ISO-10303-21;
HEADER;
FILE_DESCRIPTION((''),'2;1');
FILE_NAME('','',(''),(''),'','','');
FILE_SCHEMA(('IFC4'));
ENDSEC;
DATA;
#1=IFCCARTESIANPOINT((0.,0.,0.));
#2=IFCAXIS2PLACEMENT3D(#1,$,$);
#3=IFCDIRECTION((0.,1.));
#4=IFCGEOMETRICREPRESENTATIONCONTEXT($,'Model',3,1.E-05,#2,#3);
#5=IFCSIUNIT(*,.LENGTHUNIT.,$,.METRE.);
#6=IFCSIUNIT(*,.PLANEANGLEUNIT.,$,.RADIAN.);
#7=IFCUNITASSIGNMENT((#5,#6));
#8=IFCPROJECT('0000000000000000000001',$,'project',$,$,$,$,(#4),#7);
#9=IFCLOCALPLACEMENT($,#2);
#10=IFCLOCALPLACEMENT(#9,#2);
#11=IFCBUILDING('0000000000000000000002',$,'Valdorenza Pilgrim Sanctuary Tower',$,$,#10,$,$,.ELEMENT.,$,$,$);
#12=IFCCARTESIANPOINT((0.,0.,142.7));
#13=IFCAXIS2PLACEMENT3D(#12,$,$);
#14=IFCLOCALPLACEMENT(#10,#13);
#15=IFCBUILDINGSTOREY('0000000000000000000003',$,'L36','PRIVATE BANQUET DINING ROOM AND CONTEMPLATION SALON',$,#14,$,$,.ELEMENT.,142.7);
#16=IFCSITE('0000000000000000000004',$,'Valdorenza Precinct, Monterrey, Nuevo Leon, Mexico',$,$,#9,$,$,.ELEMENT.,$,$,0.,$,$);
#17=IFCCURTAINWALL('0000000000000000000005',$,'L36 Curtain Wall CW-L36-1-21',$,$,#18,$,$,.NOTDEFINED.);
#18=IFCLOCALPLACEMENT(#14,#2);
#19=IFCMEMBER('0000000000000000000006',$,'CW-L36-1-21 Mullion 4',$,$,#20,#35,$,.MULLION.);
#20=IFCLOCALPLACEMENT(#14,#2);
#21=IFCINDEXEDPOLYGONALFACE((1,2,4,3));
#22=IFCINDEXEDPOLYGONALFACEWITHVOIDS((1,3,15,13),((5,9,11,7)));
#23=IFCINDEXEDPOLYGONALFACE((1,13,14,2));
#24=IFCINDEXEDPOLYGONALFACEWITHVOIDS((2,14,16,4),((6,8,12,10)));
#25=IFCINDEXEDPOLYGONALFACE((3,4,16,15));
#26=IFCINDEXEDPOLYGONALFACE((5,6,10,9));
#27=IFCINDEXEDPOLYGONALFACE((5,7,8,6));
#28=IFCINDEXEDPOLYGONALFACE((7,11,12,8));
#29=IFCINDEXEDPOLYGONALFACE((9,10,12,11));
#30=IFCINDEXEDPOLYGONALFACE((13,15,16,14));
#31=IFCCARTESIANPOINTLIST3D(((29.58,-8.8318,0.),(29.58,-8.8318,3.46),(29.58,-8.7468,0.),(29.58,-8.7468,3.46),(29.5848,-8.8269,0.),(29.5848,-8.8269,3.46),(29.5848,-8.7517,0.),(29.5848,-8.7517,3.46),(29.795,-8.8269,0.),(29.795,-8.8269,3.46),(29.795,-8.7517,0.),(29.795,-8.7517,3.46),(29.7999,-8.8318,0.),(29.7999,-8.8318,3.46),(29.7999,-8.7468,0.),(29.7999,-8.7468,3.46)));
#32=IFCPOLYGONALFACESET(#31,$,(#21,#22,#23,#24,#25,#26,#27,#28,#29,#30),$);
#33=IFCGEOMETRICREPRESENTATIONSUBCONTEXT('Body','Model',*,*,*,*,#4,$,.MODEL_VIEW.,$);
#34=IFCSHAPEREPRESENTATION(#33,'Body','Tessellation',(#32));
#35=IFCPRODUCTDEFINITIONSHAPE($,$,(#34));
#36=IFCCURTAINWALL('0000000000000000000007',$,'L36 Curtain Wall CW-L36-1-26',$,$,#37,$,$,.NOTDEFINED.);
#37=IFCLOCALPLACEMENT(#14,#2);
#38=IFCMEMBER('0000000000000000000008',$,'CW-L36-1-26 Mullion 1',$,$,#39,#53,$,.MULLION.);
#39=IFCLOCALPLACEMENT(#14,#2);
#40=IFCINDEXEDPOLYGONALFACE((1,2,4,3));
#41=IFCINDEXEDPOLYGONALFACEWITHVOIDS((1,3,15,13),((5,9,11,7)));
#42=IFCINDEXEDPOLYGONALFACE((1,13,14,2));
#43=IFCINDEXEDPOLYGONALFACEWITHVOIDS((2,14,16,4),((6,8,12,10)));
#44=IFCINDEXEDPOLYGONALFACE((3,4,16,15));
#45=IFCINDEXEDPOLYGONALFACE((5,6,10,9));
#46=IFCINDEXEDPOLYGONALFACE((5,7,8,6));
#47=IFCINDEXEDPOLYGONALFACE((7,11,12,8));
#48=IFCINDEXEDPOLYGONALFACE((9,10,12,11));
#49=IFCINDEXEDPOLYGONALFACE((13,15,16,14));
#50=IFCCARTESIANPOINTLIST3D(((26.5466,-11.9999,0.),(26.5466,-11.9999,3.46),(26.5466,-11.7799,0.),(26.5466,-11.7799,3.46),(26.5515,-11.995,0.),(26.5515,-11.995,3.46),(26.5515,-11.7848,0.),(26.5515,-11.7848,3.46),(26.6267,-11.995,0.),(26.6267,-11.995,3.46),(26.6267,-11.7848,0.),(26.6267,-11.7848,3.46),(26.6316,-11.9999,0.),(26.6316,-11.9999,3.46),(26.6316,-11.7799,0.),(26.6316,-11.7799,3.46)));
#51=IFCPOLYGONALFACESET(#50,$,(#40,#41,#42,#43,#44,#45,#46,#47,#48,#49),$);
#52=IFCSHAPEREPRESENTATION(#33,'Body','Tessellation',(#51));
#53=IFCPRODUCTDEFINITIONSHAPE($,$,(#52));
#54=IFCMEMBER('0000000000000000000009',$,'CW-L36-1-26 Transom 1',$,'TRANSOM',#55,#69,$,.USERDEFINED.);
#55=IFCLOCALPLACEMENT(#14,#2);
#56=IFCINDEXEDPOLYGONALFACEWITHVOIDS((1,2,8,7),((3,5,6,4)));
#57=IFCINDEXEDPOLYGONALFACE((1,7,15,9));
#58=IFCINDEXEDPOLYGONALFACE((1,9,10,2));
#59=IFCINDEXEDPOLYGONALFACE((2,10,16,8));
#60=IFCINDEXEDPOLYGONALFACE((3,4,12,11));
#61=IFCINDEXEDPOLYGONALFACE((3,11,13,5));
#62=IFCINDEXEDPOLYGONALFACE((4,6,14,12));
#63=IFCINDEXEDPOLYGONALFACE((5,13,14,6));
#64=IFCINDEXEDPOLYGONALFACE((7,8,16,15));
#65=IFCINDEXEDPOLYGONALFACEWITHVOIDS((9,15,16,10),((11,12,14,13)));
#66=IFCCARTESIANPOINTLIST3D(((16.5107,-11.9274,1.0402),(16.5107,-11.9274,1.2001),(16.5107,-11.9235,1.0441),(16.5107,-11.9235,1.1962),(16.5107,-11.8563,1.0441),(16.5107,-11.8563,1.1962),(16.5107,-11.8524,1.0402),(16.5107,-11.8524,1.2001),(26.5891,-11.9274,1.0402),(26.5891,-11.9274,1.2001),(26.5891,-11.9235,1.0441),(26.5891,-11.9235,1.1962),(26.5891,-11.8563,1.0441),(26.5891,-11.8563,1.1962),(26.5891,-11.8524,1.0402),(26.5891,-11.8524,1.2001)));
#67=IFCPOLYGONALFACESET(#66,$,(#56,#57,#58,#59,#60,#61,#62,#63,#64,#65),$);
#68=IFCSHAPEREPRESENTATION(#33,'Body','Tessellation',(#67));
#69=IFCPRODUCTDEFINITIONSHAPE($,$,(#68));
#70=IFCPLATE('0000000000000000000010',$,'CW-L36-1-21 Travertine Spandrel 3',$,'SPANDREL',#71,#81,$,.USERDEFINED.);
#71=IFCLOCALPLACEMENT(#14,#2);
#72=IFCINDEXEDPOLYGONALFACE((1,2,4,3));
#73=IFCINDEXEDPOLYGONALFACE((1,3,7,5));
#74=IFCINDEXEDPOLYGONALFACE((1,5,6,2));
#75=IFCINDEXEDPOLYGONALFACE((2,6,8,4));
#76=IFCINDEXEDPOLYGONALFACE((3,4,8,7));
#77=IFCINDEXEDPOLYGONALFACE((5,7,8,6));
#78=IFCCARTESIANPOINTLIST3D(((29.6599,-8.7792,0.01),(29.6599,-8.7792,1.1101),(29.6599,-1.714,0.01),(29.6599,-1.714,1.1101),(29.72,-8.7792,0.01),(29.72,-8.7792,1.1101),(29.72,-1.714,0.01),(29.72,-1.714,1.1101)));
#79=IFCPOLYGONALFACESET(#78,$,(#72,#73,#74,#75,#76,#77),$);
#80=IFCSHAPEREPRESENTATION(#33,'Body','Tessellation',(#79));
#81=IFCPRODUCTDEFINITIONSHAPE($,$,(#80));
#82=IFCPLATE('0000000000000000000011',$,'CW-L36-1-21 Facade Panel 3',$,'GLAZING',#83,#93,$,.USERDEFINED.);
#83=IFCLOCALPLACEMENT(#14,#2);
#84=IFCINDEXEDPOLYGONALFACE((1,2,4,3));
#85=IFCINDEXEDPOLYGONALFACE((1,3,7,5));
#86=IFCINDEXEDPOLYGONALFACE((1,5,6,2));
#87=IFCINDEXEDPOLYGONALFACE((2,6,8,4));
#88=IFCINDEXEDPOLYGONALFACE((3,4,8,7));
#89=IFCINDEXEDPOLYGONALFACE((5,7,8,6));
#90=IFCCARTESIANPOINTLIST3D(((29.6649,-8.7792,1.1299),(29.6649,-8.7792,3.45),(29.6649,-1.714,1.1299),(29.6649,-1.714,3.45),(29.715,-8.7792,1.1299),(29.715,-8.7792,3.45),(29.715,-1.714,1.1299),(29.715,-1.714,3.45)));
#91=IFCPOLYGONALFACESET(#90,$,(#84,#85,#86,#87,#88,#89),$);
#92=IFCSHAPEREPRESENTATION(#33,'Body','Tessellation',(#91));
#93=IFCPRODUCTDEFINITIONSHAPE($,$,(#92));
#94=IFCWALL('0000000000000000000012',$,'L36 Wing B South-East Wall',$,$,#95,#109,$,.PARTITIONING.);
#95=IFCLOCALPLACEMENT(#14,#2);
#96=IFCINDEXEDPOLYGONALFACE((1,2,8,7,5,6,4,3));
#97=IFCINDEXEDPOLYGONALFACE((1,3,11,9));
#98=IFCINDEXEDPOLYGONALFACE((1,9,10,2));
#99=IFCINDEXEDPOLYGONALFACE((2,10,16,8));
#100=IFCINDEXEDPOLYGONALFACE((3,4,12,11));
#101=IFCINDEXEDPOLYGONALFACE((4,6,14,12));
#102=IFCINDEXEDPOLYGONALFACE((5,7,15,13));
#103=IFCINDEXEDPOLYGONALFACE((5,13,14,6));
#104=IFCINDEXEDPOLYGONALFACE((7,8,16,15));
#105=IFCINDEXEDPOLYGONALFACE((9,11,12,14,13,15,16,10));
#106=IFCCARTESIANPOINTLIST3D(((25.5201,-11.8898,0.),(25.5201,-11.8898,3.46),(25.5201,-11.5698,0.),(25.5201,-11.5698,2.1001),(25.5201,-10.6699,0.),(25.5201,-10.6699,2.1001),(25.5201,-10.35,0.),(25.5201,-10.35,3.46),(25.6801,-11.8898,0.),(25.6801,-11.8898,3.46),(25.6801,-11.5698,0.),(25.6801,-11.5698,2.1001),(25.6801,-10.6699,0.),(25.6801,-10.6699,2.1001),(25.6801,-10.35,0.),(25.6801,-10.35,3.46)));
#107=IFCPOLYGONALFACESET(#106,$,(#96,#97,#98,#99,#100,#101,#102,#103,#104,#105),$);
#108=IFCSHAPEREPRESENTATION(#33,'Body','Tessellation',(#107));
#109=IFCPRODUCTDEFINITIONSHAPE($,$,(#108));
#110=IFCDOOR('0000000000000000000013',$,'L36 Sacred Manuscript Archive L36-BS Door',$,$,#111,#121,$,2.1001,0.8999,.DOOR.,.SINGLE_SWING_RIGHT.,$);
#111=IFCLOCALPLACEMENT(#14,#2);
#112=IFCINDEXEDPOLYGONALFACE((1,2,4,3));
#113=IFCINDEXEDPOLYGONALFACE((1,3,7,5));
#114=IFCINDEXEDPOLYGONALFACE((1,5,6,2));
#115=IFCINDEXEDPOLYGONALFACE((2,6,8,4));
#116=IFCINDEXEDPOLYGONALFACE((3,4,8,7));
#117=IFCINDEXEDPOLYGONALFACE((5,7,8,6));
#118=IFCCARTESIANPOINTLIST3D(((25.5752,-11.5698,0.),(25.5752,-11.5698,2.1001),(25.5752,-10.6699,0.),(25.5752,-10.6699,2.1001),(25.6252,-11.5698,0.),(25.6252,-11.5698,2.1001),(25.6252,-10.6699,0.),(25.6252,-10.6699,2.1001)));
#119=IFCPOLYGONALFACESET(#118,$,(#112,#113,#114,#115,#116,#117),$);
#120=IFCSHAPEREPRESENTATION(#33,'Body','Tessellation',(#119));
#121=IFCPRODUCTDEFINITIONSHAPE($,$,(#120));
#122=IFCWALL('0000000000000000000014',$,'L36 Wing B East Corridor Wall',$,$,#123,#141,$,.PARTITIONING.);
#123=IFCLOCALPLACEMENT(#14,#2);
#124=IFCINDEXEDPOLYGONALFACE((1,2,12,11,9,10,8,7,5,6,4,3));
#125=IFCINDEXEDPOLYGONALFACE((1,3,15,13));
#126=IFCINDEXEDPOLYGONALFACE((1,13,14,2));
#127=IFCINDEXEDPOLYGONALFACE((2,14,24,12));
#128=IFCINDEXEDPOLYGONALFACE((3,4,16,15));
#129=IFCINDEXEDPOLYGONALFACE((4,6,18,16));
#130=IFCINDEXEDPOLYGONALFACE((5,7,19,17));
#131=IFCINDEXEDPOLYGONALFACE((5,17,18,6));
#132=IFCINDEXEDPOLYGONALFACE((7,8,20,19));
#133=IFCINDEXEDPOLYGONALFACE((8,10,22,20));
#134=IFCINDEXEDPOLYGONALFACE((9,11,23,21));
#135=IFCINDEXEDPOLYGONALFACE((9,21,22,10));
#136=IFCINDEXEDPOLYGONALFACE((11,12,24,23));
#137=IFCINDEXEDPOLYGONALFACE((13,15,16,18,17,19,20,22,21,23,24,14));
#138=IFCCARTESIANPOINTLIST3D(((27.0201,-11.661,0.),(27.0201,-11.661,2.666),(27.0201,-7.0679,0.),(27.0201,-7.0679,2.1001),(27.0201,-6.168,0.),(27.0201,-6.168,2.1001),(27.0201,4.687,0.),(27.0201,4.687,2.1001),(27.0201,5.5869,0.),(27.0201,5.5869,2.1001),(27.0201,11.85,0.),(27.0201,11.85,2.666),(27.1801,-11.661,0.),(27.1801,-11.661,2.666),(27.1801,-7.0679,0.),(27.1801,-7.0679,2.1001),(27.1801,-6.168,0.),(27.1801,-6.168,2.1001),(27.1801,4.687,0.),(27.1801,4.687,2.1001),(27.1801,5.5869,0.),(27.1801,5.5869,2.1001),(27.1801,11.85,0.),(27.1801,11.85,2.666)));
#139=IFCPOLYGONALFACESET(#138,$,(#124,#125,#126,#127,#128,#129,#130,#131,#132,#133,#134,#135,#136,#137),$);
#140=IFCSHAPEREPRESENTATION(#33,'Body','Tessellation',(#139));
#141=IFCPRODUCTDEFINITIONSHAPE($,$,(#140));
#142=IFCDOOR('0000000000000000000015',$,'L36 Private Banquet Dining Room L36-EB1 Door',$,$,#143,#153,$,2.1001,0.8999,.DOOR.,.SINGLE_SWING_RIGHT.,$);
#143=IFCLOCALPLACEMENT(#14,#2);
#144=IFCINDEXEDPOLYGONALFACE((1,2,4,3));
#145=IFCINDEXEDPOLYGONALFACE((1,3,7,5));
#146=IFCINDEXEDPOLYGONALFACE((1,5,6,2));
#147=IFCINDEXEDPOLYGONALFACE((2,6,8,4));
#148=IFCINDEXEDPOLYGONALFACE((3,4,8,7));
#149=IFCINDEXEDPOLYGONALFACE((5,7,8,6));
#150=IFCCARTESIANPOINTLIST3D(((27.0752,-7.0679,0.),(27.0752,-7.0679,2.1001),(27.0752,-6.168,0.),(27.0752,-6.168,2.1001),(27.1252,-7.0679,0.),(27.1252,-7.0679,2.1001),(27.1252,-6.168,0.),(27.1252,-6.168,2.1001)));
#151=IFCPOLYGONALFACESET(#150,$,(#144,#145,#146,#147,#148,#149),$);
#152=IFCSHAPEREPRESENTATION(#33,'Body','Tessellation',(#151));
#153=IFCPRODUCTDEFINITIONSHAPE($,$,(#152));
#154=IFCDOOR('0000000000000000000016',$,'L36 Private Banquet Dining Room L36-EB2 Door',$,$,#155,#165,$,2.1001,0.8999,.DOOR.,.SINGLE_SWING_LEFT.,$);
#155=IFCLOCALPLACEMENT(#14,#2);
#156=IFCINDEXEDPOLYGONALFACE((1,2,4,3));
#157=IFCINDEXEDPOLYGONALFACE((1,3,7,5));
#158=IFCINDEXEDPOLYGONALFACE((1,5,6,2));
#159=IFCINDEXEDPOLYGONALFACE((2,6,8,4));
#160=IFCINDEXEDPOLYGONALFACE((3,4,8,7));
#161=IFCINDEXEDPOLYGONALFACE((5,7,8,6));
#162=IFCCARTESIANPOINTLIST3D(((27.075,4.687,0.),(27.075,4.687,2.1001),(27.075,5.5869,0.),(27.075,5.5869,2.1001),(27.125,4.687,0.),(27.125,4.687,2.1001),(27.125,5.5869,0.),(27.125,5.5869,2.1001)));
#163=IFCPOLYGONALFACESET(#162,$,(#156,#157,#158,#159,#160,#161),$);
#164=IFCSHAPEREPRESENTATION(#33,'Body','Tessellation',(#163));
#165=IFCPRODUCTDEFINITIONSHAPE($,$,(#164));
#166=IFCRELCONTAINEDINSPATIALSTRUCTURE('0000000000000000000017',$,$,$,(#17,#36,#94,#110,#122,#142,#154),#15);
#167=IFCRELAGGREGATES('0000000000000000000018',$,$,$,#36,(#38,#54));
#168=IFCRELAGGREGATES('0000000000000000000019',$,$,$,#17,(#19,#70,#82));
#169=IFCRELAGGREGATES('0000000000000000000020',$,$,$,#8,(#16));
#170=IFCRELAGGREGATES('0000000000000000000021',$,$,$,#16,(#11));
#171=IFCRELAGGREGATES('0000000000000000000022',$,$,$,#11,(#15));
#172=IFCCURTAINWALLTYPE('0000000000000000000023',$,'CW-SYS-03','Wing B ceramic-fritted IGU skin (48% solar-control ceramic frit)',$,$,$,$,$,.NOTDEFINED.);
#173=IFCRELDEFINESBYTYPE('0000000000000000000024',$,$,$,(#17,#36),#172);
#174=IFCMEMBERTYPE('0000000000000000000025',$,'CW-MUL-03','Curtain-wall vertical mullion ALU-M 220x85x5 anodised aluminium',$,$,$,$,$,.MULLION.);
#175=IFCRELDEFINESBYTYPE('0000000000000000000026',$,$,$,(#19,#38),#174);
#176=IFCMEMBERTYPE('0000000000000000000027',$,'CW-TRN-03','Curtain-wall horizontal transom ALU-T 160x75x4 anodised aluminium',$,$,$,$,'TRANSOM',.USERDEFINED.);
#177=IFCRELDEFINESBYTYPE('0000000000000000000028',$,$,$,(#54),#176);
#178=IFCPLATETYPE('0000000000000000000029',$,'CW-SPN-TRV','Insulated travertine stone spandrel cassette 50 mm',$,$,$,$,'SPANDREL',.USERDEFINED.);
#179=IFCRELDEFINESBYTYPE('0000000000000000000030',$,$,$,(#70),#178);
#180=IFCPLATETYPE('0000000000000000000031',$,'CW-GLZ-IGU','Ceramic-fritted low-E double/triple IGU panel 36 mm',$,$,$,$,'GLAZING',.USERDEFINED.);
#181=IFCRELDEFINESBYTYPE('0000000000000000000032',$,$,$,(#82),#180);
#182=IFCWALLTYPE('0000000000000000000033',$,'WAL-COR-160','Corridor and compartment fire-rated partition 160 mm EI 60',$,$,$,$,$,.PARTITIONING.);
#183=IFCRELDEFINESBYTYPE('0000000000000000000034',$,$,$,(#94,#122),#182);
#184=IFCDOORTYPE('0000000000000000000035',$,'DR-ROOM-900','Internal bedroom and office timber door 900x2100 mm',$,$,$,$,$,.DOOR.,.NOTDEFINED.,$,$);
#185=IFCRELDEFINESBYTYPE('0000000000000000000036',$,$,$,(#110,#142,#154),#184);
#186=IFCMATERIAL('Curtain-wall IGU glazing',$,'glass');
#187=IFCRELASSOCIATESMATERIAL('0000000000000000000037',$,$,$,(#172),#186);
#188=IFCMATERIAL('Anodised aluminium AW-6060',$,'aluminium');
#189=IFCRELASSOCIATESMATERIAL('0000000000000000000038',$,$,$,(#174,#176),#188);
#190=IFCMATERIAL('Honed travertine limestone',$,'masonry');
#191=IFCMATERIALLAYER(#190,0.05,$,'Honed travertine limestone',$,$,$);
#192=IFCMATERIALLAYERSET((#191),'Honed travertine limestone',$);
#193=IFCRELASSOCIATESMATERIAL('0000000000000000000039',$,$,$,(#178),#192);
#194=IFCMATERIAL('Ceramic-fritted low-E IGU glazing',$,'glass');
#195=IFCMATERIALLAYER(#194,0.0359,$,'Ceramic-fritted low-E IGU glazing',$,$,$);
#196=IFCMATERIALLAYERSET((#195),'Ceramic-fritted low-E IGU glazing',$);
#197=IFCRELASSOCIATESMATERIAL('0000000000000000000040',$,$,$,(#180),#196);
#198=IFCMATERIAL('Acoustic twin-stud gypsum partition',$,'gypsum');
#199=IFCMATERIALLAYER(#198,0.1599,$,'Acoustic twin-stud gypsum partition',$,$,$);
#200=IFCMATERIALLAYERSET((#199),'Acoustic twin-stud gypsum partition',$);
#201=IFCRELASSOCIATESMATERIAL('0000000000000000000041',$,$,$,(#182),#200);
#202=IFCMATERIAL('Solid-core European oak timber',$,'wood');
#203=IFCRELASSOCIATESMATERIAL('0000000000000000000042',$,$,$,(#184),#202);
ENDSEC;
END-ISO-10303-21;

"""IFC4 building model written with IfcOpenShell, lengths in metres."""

from ifc_helpers import new_model, si_unit, direction, frame, frame_2d, origin, origin_2d, place, context, subcontext, project, spatial, rectangle, hollow_rectangle, extrude, source, transform, mapped, material, layer, layer_set, material_profile, profile_set, type_object, element, fill, aggregate, save


model = new_model("IFC4")

# Units and contexts
model_context = context("Model", 3, precision=1e-05, world=origin(), true_north=direction((0.0, 1.0)))
body_context = subcontext(model_context, "Body", "Model", "MODEL_VIEW")
ifc_project = project(units=[si_unit("LENGTHUNIT", "METRE"), si_unit("PLANEANGLEUNIT", "RADIAN")], contexts=[model_context])

# Site, building, storey
site_placement = place(None, origin())
site = spatial("IfcSite", under=ifc_project, at=site_placement, Name="Valdorenza Precinct, Monterrey, Nuevo Leon, Mexico", CompositionType="ELEMENT", RefElevation=0.0)
building_placement = place(site_placement, origin())
building = spatial("IfcBuilding", under=site, at=building_placement, Name="Valdorenza Pilgrim Sanctuary Tower", CompositionType="ELEMENT")
storey_placement = place(building_placement, frame((0.0, 0.0, 142.7)))
storey = spatial("IfcBuildingStorey", under=building, at=storey_placement, Name="L36", Description="PRIVATE BANQUET DINING ROOM AND CONTEMPLATION SALON", CompositionType="ELEMENT", Elevation=142.7)

# Curtain walls, members
ifc_material_1 = material(Name="Curtain-wall IGU glazing", Category="glass")
curtain_wall_type = type_object("IfcCurtainWallType", Name="CW-SYS-03", Description="Wing B ceramic-fritted IGU skin (48% solar-control ceramic frit)", PredefinedType="NOTDEFINED", material=ifc_material_1)
curtain_wall_1_placement = place(storey_placement, origin())
curtain_wall_1 = element("IfcCurtainWall", 1, at=curtain_wall_1_placement, inside=storey, type_object=curtain_wall_type, Name="L36 Curtain Wall CW-L36-1-21", PredefinedType="NOTDEFINED")
ifc_material_2 = material(Name="Anodised aluminium AW-6060", Category="aluminium")
ifc_material_profile_1 = material_profile(ifc_material_2, hollow_rectangle(XDim=0.085, YDim=0.22, WallThickness=0.0049, at=origin_2d()), Name="ALU-M 220x85x5")
ifc_profile_set_1 = profile_set([ifc_material_profile_1], Name="Anodised aluminium AW-6060")
member_type_1 = type_object("IfcMemberType", Name="CW-MUL-03", Description="Curtain-wall vertical mullion ALU-M 220x85x5 anodised aluminium", PredefinedType="MULLION", material=ifc_profile_set_1)
shared_shape_1 = source(origin(), body_context, "Body", "SweptSolid", [
    extrude(hollow_rectangle(XDim=0.085, YDim=0.22, WallThickness=0.0049, at=origin_2d()), origin(), (0.0, 0.0, 1.0), 3.46),
])
member_1_placement = place(storey_placement, frame((29.6899, -8.7893, 0.0), z_axis=(0.0, 0.0, 1.0), x_axis=(0.0, -1.0, 0.0)))
member_1 = element("IfcMember", 2, at=member_1_placement, type_object=member_type_1, Name="CW-L36-1-21 Mullion 4", PredefinedType="MULLION", context=body_context, shape_type="MappedRepresentation", body=[
    mapped(shared_shape_1, transform((0.0, 0.0, 0.0), x_axis=(1.0, 0.0, 0.0), y_axis=(0.0, 1.0, 0.0), z_axis=(0.0, 0.0, 1.0), scale=1.0)),
])
curtain_wall_2_placement = place(storey_placement, origin())
curtain_wall_2 = element("IfcCurtainWall", 3, at=curtain_wall_2_placement, inside=storey, type_object=curtain_wall_type, Name="L36 Curtain Wall CW-L36-1-26", PredefinedType="NOTDEFINED")
member_2_placement = place(storey_placement, frame((26.5891, -11.8899, 0.0), z_axis=(0.0, 0.0, 1.0), x_axis=(-1.0, 0.0, 0.0)))
member_2 = element("IfcMember", 4, at=member_2_placement, type_object=member_type_1, Name="CW-L36-1-26 Mullion 1", PredefinedType="MULLION", context=body_context, shape_type="MappedRepresentation", body=[
    mapped(shared_shape_1, transform((0.0, 0.0, 0.0), x_axis=(1.0, 0.0, 0.0), y_axis=(0.0, 1.0, 0.0), z_axis=(0.0, 0.0, 1.0), scale=1.0)),
])
ifc_material_profile_2 = material_profile(ifc_material_2, hollow_rectangle(XDim=0.075, YDim=0.1599, WallThickness=0.0039, at=origin_2d()), Name="ALU-T 160x75x4")
ifc_profile_set_2 = profile_set([ifc_material_profile_2], Name="Anodised aluminium AW-6060")
member_type_2 = type_object("IfcMemberType", Name="CW-TRN-03", Description="Curtain-wall horizontal transom ALU-T 160x75x4 anodised aluminium", ElementType="TRANSOM", PredefinedType="USERDEFINED", material=ifc_profile_set_2)
shared_shape_2 = source(origin(), body_context, "Body", "SweptSolid", [
    extrude(hollow_rectangle(XDim=0.075, YDim=0.1599, WallThickness=0.0039, at=origin_2d()), origin(), (0.0, 0.0, 1.0), 10.0784),
])
member_3_placement = place(storey_placement, frame((26.5891, -11.8899, 1.1201), z_axis=(-1.0, 0.0, 0.0), x_axis=(0.0, -1.0, 0.0)))
member_3 = element("IfcMember", 5, at=member_3_placement, type_object=member_type_2, Name="CW-L36-1-26 Transom 1", ObjectType="TRANSOM", PredefinedType="USERDEFINED", context=body_context, shape_type="MappedRepresentation", body=[
    mapped(shared_shape_2, transform((0.0, 0.0, 0.0), x_axis=(1.0, 0.0, 0.0), y_axis=(0.0, 1.0, 0.0), z_axis=(0.0, 0.0, 1.0), scale=1.0)),
])
aggregate(curtain_wall_2, [member_2, member_3])

# Plates
ifc_material_3 = material(Name="Honed travertine limestone", Category="masonry")
ifc_layer_1 = layer(ifc_material_3, 0.05, Name="Honed travertine limestone")
ifc_layer_set_1 = layer_set([ifc_layer_1], Name="Honed travertine limestone")
plate_type_1 = type_object("IfcPlateType", Name="CW-SPN-TRV", Description="Insulated travertine stone spandrel cassette 50 mm", ElementType="SPANDREL", PredefinedType="USERDEFINED", material=ifc_layer_set_1)
shared_shape_3 = source(origin(), body_context, "Body", "SweptSolid", [
    extrude(rectangle(XDim=7.0652, YDim=0.0601, at=origin_2d()), origin(), (0.0, 0.0, 1.0), 1.1001),
])
plate_1_placement = place(storey_placement, frame((29.6899, -5.2466, 0.01), z_axis=(0.0, 0.0, 1.0), x_axis=(0.0, -1.0, 0.0)))
plate_1 = element("IfcPlate", 6, at=plate_1_placement, type_object=plate_type_1, Name="CW-L36-1-21 Travertine Spandrel 3", ObjectType="SPANDREL", PredefinedType="USERDEFINED", context=body_context, shape_type="MappedRepresentation", body=[
    mapped(shared_shape_3, transform((0.0, 0.0, 0.0), x_axis=(1.0, 0.0, 0.0), y_axis=(0.0, 1.0, 0.0), z_axis=(0.0, 0.0, 1.0), scale=1.0)),
])
ifc_material_4 = material(Name="Ceramic-fritted low-E IGU glazing", Category="glass")
ifc_layer_2 = layer(ifc_material_4, 0.0359, Name="Ceramic-fritted low-E IGU glazing")
ifc_layer_set_2 = layer_set([ifc_layer_2], Name="Ceramic-fritted low-E IGU glazing")
plate_type_2 = type_object("IfcPlateType", Name="CW-GLZ-IGU", Description="Ceramic-fritted low-E double/triple IGU panel 36 mm", ElementType="GLAZING", PredefinedType="USERDEFINED", material=ifc_layer_set_2)
shared_shape_4 = source(origin(), body_context, "Body", "SweptSolid", [
    extrude(rectangle(XDim=7.0652, YDim=0.05, at=origin_2d()), origin(), (0.0, 0.0, 1.0), 2.3201),
])
plate_2_placement = place(storey_placement, frame((29.6899, -5.2466, 1.1299), z_axis=(0.0, 0.0, 1.0), x_axis=(0.0, -1.0, 0.0)))
plate_2 = element("IfcPlate", 7, at=plate_2_placement, type_object=plate_type_2, Name="CW-L36-1-21 Facade Panel 3", ObjectType="GLAZING", PredefinedType="USERDEFINED", context=body_context, shape_type="MappedRepresentation", body=[
    mapped(shared_shape_4, transform((0.0, 0.0, 0.0), x_axis=(1.0, 0.0, 0.0), y_axis=(0.0, 1.0, 0.0), z_axis=(0.0, 0.0, 1.0), scale=1.0)),
])
aggregate(curtain_wall_1, [member_1, plate_1, plate_2])

# Wall, opening, door
ifc_material_5 = material(Name="Acoustic twin-stud gypsum partition", Category="gypsum")
ifc_layer_3 = layer(ifc_material_5, 0.1599, Name="Acoustic twin-stud gypsum partition")
ifc_layer_set_3 = layer_set([ifc_layer_3], Name="Acoustic twin-stud gypsum partition")
wall_type_1 = type_object("IfcWallType", Name="WAL-COR-160", Description="Corridor and compartment fire-rated partition 160 mm EI 60", PredefinedType="PARTITIONING", material=ifc_layer_set_3)
wall_1_placement = place(storey_placement, frame((25.6001, -11.8899, 0.0), z_axis=(0.0, 0.0, 1.0), x_axis=(0.0, 1.0, 0.0)))
wall_1 = element("IfcWall", 8, at=wall_1_placement, inside=storey, type_object=wall_type_1, Name="L36 Wing B South-East Wall", PredefinedType="PARTITIONING", context=body_context, shape_type="SweptSolid", body=[
    extrude(rectangle(XDim=1.5398, YDim=0.1599, at=frame_2d((0.77, 0.0))), origin(), (0.0, 0.0, 1.0), 3.46),
])
opening_1_placement = place(wall_1_placement, frame((0.3201, 0.0, 0.0)))
opening_1 = element("IfcOpeningElement", 9, at=opening_1_placement, cuts=wall_1, PredefinedType="OPENING", context=body_context, shape_type="SweptSolid", body=[
    extrude(rectangle(XDim=0.8999, YDim=2.1001, at=frame_2d((0.45, 1.05))), frame((0.0, 0.0947, 0.0), z_axis=(0.0, -1.0, 0.0), x_axis=(1.0, 0.0, 0.0)), (0.0, 0.0, 1.0), 0.1897),
])
ifc_material_6 = material(Name="Solid-core European oak timber", Category="wood")
door_type = type_object("IfcDoorType", Name="DR-ROOM-900", Description="Internal bedroom and office timber door 900x2100 mm", OperationType="NOTDEFINED", PredefinedType="DOOR", material=ifc_material_6)
door_1_placement = place(opening_1_placement, origin())
door_1 = element("IfcDoor", 10, at=door_1_placement, inside=storey, type_object=door_type, Name="L36 Sacred Manuscript Archive L36-BS Door", OperationType="SINGLE_SWING_RIGHT", OverallHeight=2.1001, OverallWidth=0.8999, PredefinedType="DOOR", context=body_context, shape_type="SweptSolid", body=[
    extrude(rectangle(XDim=0.8999, YDim=2.1001, at=frame_2d((0.45, 1.05))), frame((0.0, 0.0249, 0.0), z_axis=(0.0, -1.0, 0.0), x_axis=(1.0, 0.0, 0.0)), (0.0, 0.0, 1.0), 0.05),
])
fill(opening_1, door_1)

# Wall, openings, doors
wall_2_placement = place(storey_placement, frame((27.1001, -11.6609, 0.0), z_axis=(0.0, 0.0, 1.0), x_axis=(0.0, 1.0, 0.0)))
wall_2 = element("IfcWall", 11, at=wall_2_placement, inside=storey, type_object=wall_type_1, Name="L36 Wing B East Corridor Wall", PredefinedType="PARTITIONING", context=body_context, shape_type="SweptSolid", body=[
    extrude(rectangle(XDim=23.511, YDim=0.1599, at=frame_2d((11.7554, 0.0))), origin(), (0.0, 0.0, 1.0), 2.666),
])
opening_2_placement = place(wall_2_placement, frame((4.593, 0.0, 0.0)))
opening_2 = element("IfcOpeningElement", 12, at=opening_2_placement, cuts=wall_2, PredefinedType="OPENING", context=body_context, shape_type="SweptSolid", body=[
    extrude(rectangle(XDim=0.8999, YDim=2.1001, at=frame_2d((0.45, 1.05))), frame((0.0, 0.0947, 0.0), z_axis=(0.0, -1.0, 0.0), x_axis=(1.0, 0.0, 0.0)), (0.0, 0.0, 1.0), 0.1897),
])
opening_3_placement = place(wall_2_placement, frame((16.3479, 0.0, 0.0)))
opening_3 = element("IfcOpeningElement", 13, at=opening_3_placement, cuts=wall_2, PredefinedType="OPENING", context=body_context, shape_type="SweptSolid", body=[
    extrude(rectangle(XDim=0.8999, YDim=2.1001, at=frame_2d((0.45, 1.05))), frame((0.0, 0.0947, 0.0), z_axis=(0.0, -1.0, 0.0), x_axis=(1.0, 0.0, 0.0)), (0.0, 0.0, 1.0), 0.1897),
])
door_2_placement = place(opening_2_placement, origin())
door_2 = element("IfcDoor", 14, at=door_2_placement, inside=storey, type_object=door_type, Name="L36 Private Banquet Dining Room L36-EB1 Door", OperationType="SINGLE_SWING_RIGHT", OverallHeight=2.1001, OverallWidth=0.8999, PredefinedType="DOOR", context=body_context, shape_type="SweptSolid", body=[
    extrude(rectangle(XDim=0.8999, YDim=2.1001, at=frame_2d((0.45, 1.05))), frame((0.0, 0.0249, 0.0), z_axis=(0.0, -1.0, 0.0), x_axis=(1.0, 0.0, 0.0)), (0.0, 0.0, 1.0), 0.05),
])
fill(opening_2, door_2)
door_3_placement = place(opening_3_placement, frame((0.8999, 0.0, 0.0), z_axis=(0.0, 0.0, 1.0), x_axis=(-1.0, 0.0, 0.0)))
door_3 = element("IfcDoor", 15, at=door_3_placement, inside=storey, type_object=door_type, Name="L36 Private Banquet Dining Room L36-EB2 Door", OperationType="SINGLE_SWING_LEFT", OverallHeight=2.1001, OverallWidth=0.8999, PredefinedType="DOOR", context=body_context, shape_type="SweptSolid", body=[
    extrude(rectangle(XDim=0.8999, YDim=2.1001, at=frame_2d((0.45, 1.05))), frame((0.0, 0.0249, 0.0), z_axis=(0.0, -1.0, 0.0), x_axis=(1.0, 0.0, 0.0)), (0.0, 0.0, 1.0), 0.05),
])
fill(opening_3, door_3)

save(model, "model.ifc")
